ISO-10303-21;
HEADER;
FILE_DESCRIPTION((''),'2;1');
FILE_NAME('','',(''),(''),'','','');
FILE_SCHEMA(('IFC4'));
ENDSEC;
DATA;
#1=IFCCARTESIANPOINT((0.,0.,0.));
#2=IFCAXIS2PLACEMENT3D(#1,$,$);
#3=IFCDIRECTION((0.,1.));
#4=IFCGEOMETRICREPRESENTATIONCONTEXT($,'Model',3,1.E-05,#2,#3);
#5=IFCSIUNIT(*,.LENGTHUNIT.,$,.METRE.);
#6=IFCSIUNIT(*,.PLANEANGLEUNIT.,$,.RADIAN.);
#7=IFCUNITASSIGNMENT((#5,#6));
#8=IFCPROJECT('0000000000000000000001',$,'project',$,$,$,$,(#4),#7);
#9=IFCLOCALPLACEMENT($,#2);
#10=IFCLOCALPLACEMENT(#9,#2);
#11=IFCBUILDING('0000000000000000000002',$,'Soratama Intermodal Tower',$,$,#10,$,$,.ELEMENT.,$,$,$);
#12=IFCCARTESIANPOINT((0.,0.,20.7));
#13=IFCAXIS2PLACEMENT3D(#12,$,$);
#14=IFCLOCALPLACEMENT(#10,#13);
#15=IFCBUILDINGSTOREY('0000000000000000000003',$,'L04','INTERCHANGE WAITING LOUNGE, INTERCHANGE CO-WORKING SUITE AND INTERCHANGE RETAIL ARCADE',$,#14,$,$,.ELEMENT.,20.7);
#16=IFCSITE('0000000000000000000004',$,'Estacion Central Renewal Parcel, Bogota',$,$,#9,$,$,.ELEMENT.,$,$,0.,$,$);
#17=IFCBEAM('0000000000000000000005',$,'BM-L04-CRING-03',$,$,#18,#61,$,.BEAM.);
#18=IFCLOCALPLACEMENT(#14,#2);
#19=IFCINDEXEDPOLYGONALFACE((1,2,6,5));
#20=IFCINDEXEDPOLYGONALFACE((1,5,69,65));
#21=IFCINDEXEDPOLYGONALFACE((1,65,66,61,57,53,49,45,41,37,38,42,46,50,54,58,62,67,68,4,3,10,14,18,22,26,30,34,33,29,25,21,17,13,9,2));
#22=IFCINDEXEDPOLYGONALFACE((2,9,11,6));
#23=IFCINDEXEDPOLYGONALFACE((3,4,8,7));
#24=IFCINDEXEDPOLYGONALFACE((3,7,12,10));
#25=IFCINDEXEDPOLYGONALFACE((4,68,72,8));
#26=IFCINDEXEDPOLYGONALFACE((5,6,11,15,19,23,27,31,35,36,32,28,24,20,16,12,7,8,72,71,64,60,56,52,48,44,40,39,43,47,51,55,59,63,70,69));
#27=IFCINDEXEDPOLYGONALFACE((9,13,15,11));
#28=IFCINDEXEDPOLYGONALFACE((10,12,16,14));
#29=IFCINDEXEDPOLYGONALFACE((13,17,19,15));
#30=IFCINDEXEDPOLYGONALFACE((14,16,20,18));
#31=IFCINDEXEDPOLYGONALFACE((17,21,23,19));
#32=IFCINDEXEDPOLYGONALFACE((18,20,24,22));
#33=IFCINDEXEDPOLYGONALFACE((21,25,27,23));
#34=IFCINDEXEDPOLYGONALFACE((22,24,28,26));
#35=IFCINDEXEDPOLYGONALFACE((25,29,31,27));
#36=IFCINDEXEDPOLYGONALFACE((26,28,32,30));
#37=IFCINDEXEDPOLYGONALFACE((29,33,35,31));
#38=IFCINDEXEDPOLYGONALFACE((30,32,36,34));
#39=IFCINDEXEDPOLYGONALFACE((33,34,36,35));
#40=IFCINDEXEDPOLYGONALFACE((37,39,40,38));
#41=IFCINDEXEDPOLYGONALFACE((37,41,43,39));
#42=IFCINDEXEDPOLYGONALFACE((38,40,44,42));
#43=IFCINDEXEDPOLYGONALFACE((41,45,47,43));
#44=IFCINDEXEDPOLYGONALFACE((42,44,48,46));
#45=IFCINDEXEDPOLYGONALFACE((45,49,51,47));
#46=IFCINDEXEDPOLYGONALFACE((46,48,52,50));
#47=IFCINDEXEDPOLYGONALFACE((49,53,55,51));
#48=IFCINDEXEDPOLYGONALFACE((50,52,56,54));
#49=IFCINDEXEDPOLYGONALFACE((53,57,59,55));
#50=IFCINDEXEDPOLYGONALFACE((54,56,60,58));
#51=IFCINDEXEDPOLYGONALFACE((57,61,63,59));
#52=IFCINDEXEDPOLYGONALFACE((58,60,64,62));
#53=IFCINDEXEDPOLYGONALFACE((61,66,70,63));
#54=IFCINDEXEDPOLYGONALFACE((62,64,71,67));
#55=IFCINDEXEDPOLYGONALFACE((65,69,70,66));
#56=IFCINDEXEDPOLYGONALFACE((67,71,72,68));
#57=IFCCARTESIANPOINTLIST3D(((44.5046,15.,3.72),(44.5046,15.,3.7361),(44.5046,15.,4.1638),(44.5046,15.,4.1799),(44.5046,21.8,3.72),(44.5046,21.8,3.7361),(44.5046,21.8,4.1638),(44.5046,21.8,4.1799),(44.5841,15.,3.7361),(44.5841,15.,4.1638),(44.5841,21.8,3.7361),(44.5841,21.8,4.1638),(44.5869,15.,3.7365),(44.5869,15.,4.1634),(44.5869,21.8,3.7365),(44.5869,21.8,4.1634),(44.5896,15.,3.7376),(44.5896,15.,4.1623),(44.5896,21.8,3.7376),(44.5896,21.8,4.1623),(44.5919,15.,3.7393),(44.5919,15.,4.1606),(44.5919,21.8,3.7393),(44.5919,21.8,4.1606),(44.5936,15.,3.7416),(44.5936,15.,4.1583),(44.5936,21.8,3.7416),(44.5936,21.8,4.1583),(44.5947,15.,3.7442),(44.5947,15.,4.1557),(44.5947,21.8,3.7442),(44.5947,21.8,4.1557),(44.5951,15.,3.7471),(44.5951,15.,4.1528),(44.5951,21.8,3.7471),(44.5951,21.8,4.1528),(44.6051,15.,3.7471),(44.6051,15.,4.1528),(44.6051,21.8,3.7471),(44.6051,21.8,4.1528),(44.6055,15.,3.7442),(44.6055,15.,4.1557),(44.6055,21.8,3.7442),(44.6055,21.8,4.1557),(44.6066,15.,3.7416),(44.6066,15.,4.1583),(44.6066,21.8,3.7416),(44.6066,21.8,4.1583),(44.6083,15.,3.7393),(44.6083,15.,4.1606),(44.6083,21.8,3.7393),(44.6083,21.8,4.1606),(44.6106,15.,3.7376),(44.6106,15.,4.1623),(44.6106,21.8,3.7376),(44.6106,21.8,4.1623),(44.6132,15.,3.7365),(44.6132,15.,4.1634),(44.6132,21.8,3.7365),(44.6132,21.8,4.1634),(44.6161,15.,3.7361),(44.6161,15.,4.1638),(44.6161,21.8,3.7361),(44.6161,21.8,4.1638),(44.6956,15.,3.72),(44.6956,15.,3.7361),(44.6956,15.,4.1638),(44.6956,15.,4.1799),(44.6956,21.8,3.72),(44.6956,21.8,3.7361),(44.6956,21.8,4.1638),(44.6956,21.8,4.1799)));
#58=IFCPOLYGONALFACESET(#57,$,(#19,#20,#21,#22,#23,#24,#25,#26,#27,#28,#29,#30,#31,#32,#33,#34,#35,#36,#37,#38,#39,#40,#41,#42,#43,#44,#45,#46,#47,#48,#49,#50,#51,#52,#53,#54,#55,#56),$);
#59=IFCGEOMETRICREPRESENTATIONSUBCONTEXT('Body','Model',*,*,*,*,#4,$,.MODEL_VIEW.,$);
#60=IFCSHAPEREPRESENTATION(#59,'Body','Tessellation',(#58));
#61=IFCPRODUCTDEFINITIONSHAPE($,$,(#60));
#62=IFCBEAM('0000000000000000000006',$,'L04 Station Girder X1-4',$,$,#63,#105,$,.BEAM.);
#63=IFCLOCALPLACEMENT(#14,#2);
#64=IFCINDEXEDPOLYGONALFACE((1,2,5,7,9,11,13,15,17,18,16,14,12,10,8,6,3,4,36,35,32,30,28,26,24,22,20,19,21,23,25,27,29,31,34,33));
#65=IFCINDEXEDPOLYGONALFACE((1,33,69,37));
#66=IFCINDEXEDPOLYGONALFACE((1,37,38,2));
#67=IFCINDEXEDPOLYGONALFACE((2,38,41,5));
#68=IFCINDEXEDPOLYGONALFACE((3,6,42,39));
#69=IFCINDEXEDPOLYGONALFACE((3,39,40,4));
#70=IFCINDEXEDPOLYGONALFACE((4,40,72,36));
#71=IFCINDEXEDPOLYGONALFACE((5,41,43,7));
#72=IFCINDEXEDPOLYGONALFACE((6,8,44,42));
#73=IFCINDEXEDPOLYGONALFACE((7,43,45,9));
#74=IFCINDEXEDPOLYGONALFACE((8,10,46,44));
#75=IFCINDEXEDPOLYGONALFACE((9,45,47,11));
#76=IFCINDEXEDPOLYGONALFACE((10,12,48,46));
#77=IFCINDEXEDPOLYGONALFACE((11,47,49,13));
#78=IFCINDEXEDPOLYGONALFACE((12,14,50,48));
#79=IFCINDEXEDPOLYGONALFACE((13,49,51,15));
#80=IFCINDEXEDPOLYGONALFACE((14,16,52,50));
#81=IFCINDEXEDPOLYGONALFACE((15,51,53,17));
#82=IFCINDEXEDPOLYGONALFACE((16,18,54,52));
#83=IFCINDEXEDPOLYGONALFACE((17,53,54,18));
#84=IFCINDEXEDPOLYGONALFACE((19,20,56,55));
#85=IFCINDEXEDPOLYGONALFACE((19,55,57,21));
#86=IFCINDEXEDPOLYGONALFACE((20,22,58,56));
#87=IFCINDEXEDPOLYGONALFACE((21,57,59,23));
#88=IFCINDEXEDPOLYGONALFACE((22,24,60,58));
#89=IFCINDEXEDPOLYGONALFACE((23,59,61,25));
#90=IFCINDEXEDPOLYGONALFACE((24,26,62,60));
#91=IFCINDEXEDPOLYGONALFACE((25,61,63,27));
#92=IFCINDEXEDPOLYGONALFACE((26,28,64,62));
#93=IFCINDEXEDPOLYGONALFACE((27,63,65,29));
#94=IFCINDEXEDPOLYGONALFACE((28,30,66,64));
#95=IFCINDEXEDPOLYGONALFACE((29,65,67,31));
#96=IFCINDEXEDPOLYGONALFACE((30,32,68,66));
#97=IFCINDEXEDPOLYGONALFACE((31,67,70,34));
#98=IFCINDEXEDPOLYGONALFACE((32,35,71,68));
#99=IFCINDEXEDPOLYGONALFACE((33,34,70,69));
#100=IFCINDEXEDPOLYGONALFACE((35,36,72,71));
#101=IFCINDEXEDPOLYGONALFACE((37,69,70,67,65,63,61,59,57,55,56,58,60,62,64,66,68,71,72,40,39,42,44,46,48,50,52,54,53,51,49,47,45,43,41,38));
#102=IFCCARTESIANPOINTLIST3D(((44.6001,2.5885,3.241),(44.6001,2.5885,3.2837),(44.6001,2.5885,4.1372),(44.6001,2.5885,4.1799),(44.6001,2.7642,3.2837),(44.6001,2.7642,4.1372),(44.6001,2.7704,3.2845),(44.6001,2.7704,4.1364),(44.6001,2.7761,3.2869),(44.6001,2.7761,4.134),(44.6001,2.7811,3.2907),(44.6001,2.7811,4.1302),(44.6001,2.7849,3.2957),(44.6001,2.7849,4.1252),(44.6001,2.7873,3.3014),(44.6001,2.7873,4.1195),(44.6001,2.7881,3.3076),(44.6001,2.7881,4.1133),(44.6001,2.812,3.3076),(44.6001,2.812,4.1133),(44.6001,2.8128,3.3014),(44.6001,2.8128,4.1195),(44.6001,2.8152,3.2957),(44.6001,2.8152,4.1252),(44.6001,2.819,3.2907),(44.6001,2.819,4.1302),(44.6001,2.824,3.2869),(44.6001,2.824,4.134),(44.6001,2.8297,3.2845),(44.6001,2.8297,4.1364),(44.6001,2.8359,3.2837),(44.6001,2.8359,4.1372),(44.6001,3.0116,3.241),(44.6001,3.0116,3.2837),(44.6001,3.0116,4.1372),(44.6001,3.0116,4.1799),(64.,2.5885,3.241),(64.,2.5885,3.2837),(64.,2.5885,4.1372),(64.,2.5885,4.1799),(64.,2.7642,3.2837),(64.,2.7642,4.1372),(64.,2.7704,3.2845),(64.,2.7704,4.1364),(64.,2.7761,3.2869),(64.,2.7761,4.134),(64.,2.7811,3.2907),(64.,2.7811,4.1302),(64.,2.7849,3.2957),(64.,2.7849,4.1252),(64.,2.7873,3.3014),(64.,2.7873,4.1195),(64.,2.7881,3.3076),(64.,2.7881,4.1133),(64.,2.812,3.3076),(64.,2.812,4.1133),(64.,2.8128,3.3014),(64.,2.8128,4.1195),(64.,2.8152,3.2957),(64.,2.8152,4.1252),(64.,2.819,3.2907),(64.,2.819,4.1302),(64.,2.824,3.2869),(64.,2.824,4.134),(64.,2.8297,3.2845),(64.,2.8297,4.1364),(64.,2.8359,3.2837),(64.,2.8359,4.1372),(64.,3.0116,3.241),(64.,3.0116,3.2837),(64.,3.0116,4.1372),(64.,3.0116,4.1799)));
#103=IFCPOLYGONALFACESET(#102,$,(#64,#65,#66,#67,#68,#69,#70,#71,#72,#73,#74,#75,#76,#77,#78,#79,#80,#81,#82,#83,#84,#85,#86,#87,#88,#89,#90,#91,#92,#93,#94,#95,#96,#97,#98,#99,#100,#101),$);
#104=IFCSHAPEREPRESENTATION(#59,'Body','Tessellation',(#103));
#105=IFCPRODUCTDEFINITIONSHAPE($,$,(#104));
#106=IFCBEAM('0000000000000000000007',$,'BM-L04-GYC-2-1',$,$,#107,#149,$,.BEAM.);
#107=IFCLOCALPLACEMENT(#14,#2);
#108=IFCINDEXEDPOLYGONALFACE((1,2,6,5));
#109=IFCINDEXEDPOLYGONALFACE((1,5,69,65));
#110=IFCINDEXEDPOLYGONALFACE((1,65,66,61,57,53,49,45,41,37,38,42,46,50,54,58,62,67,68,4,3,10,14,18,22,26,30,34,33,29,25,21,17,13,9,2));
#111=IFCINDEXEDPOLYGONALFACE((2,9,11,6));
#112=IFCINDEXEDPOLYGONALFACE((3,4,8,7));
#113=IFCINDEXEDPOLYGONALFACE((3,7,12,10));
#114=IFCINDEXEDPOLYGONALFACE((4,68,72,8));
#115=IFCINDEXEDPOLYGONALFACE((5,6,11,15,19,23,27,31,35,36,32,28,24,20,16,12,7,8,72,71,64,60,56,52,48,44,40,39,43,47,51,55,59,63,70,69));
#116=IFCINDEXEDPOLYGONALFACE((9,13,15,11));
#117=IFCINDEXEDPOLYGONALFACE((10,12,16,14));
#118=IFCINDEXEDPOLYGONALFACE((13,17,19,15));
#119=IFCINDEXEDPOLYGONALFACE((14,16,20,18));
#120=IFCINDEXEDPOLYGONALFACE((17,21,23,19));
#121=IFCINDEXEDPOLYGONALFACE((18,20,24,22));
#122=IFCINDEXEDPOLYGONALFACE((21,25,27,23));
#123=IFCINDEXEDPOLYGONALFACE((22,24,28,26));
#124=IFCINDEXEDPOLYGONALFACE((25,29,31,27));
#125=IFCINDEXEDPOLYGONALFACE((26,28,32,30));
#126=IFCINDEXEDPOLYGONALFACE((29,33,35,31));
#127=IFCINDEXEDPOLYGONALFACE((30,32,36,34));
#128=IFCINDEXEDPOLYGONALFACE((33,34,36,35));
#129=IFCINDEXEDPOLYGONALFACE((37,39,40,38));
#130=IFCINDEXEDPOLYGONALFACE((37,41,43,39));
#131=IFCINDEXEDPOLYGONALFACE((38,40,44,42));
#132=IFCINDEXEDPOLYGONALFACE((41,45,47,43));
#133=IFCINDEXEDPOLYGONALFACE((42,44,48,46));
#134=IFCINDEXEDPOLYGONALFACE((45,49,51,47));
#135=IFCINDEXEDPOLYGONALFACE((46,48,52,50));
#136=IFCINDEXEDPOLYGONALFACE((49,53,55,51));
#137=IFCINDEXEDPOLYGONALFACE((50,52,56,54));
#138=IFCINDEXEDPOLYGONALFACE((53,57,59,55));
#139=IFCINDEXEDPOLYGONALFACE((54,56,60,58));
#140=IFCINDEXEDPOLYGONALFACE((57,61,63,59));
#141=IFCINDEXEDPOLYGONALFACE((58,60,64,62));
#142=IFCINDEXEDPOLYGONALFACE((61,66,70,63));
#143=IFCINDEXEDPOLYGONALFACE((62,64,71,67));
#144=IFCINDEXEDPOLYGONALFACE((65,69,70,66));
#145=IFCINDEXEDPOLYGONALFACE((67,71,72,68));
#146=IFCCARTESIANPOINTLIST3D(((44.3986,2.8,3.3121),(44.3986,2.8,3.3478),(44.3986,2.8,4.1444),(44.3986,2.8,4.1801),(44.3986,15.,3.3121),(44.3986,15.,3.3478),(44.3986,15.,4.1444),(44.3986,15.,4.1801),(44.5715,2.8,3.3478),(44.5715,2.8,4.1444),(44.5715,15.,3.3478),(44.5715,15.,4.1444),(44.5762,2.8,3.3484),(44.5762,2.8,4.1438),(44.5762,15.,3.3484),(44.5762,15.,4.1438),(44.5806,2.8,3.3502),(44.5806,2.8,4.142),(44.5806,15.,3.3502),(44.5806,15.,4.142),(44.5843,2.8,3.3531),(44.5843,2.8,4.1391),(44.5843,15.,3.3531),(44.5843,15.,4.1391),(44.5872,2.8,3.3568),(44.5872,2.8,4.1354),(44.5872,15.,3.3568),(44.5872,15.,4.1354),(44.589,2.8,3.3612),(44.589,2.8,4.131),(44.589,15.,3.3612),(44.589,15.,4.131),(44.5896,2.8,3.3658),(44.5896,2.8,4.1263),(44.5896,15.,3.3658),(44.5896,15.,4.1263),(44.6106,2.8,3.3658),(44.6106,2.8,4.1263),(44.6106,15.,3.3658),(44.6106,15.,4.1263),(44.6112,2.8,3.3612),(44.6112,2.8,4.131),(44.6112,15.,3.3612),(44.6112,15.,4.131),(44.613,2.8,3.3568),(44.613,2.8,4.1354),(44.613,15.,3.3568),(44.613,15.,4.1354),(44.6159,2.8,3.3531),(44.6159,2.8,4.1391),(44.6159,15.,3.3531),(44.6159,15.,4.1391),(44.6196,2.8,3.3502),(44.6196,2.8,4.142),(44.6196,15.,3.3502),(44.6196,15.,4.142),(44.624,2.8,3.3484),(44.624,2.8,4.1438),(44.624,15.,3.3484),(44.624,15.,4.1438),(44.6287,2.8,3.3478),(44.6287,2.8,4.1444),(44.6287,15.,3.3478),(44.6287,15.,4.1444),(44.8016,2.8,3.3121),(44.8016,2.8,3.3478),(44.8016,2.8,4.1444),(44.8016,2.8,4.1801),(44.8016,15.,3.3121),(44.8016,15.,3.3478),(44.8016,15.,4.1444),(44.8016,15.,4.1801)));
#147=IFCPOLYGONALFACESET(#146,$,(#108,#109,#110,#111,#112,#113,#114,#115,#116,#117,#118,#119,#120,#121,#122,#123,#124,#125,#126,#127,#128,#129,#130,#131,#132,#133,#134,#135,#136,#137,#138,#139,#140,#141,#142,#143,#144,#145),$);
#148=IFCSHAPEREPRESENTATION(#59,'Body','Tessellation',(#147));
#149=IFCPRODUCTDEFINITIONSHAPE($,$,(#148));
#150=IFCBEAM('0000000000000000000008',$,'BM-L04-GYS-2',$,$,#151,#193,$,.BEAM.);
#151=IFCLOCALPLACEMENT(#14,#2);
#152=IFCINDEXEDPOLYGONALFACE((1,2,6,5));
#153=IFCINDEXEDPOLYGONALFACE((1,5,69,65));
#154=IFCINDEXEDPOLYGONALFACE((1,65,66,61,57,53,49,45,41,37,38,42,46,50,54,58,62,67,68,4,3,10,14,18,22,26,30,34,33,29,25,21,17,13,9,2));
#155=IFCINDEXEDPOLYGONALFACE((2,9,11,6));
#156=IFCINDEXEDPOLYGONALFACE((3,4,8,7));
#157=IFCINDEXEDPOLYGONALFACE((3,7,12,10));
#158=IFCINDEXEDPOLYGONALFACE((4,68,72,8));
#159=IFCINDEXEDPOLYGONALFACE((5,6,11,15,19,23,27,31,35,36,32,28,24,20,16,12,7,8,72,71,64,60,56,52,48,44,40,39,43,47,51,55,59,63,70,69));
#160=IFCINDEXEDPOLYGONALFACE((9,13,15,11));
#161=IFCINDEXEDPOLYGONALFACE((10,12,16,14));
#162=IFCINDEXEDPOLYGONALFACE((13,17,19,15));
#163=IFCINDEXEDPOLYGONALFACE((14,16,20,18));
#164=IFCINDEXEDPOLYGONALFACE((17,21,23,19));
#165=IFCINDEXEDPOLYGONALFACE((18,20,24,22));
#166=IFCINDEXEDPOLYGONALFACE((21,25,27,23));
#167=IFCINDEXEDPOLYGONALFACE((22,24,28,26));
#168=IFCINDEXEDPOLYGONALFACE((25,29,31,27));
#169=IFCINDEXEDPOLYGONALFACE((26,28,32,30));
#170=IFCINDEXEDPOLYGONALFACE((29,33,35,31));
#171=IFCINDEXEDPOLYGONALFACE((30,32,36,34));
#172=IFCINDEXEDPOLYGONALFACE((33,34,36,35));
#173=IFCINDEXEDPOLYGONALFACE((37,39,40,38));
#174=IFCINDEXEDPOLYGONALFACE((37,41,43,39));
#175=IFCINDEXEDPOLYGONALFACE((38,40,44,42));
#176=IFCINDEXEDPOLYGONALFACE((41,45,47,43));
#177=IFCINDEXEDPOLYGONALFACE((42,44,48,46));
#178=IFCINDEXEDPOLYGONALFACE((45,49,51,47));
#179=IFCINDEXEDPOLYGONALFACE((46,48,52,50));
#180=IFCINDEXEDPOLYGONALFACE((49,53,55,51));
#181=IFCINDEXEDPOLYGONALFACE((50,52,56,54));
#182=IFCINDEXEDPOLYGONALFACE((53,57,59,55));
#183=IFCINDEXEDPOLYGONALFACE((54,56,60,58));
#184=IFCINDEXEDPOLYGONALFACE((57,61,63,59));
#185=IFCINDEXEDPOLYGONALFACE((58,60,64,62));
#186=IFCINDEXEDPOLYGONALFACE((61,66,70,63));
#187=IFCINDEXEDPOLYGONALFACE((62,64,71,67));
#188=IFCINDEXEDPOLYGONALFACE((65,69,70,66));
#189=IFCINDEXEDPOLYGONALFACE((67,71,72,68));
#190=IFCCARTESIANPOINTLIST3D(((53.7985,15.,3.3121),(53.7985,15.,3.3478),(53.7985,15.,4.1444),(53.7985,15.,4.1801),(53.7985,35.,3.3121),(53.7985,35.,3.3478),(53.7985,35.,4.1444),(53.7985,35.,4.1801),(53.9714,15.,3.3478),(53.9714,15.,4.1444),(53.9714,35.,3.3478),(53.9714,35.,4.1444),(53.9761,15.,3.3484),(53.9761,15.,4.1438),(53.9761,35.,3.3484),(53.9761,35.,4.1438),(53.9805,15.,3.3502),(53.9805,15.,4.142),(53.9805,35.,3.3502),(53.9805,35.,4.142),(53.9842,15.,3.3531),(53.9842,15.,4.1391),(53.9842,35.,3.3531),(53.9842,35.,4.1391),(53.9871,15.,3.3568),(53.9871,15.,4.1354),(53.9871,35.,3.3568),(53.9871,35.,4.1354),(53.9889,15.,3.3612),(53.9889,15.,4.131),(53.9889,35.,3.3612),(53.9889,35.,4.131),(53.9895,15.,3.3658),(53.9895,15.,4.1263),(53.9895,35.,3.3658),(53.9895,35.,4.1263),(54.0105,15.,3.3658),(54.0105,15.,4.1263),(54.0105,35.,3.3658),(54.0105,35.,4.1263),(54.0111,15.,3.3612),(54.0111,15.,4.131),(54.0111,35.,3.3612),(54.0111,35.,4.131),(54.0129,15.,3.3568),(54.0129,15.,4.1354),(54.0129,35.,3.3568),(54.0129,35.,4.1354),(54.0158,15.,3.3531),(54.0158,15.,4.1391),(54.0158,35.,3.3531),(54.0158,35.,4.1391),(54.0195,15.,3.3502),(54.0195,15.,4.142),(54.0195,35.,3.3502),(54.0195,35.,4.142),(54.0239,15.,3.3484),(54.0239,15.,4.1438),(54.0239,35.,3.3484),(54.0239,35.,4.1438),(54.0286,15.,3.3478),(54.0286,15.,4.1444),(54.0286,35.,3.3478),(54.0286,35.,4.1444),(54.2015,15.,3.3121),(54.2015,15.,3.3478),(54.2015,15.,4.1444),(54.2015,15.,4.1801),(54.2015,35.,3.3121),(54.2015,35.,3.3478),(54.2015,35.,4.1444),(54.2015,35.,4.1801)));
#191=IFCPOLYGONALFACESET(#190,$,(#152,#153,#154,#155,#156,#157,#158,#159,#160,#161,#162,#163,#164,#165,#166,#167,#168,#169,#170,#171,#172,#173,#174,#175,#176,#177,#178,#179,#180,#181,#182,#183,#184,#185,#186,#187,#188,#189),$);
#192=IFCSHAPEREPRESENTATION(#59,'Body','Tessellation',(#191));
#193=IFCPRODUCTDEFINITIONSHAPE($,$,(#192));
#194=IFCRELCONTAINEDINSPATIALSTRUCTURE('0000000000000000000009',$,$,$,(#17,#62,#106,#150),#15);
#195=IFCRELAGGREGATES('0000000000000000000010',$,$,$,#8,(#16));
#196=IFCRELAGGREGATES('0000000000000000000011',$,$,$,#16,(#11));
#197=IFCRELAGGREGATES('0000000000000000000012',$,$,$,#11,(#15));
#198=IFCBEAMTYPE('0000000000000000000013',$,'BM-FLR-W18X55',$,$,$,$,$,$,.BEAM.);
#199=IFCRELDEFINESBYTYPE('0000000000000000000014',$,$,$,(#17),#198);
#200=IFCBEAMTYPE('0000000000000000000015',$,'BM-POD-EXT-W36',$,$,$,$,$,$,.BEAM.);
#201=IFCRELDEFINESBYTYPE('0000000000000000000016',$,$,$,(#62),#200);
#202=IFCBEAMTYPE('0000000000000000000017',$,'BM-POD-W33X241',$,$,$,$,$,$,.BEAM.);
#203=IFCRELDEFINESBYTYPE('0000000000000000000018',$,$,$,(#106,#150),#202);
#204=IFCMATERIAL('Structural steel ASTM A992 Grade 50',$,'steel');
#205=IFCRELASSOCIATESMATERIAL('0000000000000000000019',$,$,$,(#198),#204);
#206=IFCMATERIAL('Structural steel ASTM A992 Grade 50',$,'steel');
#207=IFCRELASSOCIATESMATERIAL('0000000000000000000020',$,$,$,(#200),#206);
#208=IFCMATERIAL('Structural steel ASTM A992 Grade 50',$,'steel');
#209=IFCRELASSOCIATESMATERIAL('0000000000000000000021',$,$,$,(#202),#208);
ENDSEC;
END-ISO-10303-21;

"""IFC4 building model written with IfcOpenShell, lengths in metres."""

from ifc_helpers import new_model, si_unit, direction, frame, origin, origin_2d, place, context, subcontext, project, spatial, i_section, extrude, material, material_profile, profile_set, type_object, element, save


model = new_model("IFC4")

# Units and contexts
model_context = context("Model", 3, precision=1e-05, world=origin(), true_north=direction((0.0, 1.0)))
body_context = subcontext(model_context, "Body", "Model", "MODEL_VIEW")
ifc_project = project(units=[si_unit("LENGTHUNIT", "METRE"), si_unit("PLANEANGLEUNIT", "RADIAN")], contexts=[model_context])

# Site, building, storey
site_placement = place(None, origin())
site = spatial("IfcSite", under=ifc_project, at=site_placement, Name="Estacion Central Renewal Parcel, Bogota", CompositionType="ELEMENT", RefElevation=0.0)
building_placement = place(site_placement, origin())
building = spatial("IfcBuilding", under=site, at=building_placement, Name="Soratama Intermodal Tower", CompositionType="ELEMENT")
storey_placement = place(building_placement, frame((0.0, 0.0, 20.7)))
storey = spatial("IfcBuildingStorey", under=building, at=storey_placement, Name="L04", Description="INTERCHANGE WAITING LOUNGE, INTERCHANGE CO-WORKING SUITE AND INTERCHANGE RETAIL ARCADE", CompositionType="ELEMENT", Elevation=20.7)

# Beams
ifc_material_1 = material(Name="Structural steel ASTM A992 Grade 50", Category="steel")
ifc_material_profile_1 = material_profile(ifc_material_1, i_section(OverallWidth=0.1909, OverallDepth=0.46, WebThickness=0.01, FlangeThickness=0.0161, FilletRadius=0.011, at=origin_2d()), Name="W18X55")
ifc_profile_set_1 = profile_set([ifc_material_profile_1], Name="Structural steel ASTM A992 Grade 50")
beam_type_1 = type_object("IfcBeamType", Name="BM-FLR-W18X55", PredefinedType="BEAM", material=ifc_profile_set_1)
beam_1_placement = place(storey_placement, frame((44.6001, 15.0, 3.95), z_axis=(0.0, 1.0, 0.0), x_axis=(-1.0, 0.0, 0.0)))
element("IfcBeam", 1, at=beam_1_placement, inside=storey, type_object=beam_type_1, Name="BM-L04-CRING-03", PredefinedType="BEAM", context=body_context, shape_type="SweptSolid", body=[
    extrude(i_section(OverallWidth=0.1909, OverallDepth=0.46, WebThickness=0.01, FlangeThickness=0.0161, FilletRadius=0.011, at=origin_2d()), origin(), (0.0, 0.0, 1.0), 6.8),
])
ifc_material_2 = material(Name="Structural steel ASTM A992 Grade 50", Category="steel")
ifc_material_profile_2 = material_profile(ifc_material_2, i_section(OverallWidth=0.4231, OverallDepth=0.939, WebThickness=0.0239, FlangeThickness=0.0427, FilletRadius=0.0239, at=origin_2d()), Name="W36X302")
ifc_profile_set_2 = profile_set([ifc_material_profile_2], Name="Structural steel ASTM A992 Grade 50")
beam_type_2 = type_object("IfcBeamType", Name="BM-POD-EXT-W36", PredefinedType="BEAM", material=ifc_profile_set_2)
beam_2_placement = place(storey_placement, frame((44.6001, 2.8, 3.7104), z_axis=(1.0, 0.0, 0.0), x_axis=(0.0, 1.0, 0.0)))
element("IfcBeam", 2, at=beam_2_placement, inside=storey, type_object=beam_type_2, Name="L04 Station Girder X1-4", PredefinedType="BEAM", context=body_context, shape_type="SweptSolid", body=[
    extrude(i_section(OverallWidth=0.4231, OverallDepth=0.939, WebThickness=0.0239, FlangeThickness=0.0427, FilletRadius=0.0239, at=origin_2d()), origin(), (0.0, 0.0, 1.0), 19.3999),
])
ifc_material_3 = material(Name="Structural steel ASTM A992 Grade 50", Category="steel")
ifc_material_profile_3 = material_profile(ifc_material_3, i_section(OverallWidth=0.4031, OverallDepth=0.8679, WebThickness=0.021, FlangeThickness=0.0356, FilletRadius=0.0181, at=origin_2d()), Name="W33X241")
ifc_profile_set_3 = profile_set([ifc_material_profile_3], Name="Structural steel ASTM A992 Grade 50")
beam_type_3 = type_object("IfcBeamType", Name="BM-POD-W33X241", PredefinedType="BEAM", material=ifc_profile_set_3)
beam_3_placement = place(storey_placement, frame((44.6001, 2.8, 3.7461), z_axis=(0.0, 1.0, 0.0), x_axis=(-1.0, 0.0, 0.0)))
element("IfcBeam", 3, at=beam_3_placement, inside=storey, type_object=beam_type_3, Name="BM-L04-GYC-2-1", PredefinedType="BEAM", context=body_context, shape_type="SweptSolid", body=[
    extrude(i_section(OverallWidth=0.4031, OverallDepth=0.8679, WebThickness=0.021, FlangeThickness=0.0356, FilletRadius=0.0181, at=origin_2d()), origin(), (0.0, 0.0, 1.0), 12.2),
])
beam_4_placement = place(storey_placement, frame((54.0, 15.0, 3.7461), z_axis=(0.0, 1.0, 0.0), x_axis=(-1.0, 0.0, 0.0)))
element("IfcBeam", 4, at=beam_4_placement, inside=storey, type_object=beam_type_3, Name="BM-L04-GYS-2", PredefinedType="BEAM", context=body_context, shape_type="SweptSolid", body=[
    extrude(i_section(OverallWidth=0.4031, OverallDepth=0.8679, WebThickness=0.021, FlangeThickness=0.0356, FilletRadius=0.0181, at=origin_2d()), origin(), (0.0, 0.0, 1.0), 20.0),
])

save(model, "model.ifc")
